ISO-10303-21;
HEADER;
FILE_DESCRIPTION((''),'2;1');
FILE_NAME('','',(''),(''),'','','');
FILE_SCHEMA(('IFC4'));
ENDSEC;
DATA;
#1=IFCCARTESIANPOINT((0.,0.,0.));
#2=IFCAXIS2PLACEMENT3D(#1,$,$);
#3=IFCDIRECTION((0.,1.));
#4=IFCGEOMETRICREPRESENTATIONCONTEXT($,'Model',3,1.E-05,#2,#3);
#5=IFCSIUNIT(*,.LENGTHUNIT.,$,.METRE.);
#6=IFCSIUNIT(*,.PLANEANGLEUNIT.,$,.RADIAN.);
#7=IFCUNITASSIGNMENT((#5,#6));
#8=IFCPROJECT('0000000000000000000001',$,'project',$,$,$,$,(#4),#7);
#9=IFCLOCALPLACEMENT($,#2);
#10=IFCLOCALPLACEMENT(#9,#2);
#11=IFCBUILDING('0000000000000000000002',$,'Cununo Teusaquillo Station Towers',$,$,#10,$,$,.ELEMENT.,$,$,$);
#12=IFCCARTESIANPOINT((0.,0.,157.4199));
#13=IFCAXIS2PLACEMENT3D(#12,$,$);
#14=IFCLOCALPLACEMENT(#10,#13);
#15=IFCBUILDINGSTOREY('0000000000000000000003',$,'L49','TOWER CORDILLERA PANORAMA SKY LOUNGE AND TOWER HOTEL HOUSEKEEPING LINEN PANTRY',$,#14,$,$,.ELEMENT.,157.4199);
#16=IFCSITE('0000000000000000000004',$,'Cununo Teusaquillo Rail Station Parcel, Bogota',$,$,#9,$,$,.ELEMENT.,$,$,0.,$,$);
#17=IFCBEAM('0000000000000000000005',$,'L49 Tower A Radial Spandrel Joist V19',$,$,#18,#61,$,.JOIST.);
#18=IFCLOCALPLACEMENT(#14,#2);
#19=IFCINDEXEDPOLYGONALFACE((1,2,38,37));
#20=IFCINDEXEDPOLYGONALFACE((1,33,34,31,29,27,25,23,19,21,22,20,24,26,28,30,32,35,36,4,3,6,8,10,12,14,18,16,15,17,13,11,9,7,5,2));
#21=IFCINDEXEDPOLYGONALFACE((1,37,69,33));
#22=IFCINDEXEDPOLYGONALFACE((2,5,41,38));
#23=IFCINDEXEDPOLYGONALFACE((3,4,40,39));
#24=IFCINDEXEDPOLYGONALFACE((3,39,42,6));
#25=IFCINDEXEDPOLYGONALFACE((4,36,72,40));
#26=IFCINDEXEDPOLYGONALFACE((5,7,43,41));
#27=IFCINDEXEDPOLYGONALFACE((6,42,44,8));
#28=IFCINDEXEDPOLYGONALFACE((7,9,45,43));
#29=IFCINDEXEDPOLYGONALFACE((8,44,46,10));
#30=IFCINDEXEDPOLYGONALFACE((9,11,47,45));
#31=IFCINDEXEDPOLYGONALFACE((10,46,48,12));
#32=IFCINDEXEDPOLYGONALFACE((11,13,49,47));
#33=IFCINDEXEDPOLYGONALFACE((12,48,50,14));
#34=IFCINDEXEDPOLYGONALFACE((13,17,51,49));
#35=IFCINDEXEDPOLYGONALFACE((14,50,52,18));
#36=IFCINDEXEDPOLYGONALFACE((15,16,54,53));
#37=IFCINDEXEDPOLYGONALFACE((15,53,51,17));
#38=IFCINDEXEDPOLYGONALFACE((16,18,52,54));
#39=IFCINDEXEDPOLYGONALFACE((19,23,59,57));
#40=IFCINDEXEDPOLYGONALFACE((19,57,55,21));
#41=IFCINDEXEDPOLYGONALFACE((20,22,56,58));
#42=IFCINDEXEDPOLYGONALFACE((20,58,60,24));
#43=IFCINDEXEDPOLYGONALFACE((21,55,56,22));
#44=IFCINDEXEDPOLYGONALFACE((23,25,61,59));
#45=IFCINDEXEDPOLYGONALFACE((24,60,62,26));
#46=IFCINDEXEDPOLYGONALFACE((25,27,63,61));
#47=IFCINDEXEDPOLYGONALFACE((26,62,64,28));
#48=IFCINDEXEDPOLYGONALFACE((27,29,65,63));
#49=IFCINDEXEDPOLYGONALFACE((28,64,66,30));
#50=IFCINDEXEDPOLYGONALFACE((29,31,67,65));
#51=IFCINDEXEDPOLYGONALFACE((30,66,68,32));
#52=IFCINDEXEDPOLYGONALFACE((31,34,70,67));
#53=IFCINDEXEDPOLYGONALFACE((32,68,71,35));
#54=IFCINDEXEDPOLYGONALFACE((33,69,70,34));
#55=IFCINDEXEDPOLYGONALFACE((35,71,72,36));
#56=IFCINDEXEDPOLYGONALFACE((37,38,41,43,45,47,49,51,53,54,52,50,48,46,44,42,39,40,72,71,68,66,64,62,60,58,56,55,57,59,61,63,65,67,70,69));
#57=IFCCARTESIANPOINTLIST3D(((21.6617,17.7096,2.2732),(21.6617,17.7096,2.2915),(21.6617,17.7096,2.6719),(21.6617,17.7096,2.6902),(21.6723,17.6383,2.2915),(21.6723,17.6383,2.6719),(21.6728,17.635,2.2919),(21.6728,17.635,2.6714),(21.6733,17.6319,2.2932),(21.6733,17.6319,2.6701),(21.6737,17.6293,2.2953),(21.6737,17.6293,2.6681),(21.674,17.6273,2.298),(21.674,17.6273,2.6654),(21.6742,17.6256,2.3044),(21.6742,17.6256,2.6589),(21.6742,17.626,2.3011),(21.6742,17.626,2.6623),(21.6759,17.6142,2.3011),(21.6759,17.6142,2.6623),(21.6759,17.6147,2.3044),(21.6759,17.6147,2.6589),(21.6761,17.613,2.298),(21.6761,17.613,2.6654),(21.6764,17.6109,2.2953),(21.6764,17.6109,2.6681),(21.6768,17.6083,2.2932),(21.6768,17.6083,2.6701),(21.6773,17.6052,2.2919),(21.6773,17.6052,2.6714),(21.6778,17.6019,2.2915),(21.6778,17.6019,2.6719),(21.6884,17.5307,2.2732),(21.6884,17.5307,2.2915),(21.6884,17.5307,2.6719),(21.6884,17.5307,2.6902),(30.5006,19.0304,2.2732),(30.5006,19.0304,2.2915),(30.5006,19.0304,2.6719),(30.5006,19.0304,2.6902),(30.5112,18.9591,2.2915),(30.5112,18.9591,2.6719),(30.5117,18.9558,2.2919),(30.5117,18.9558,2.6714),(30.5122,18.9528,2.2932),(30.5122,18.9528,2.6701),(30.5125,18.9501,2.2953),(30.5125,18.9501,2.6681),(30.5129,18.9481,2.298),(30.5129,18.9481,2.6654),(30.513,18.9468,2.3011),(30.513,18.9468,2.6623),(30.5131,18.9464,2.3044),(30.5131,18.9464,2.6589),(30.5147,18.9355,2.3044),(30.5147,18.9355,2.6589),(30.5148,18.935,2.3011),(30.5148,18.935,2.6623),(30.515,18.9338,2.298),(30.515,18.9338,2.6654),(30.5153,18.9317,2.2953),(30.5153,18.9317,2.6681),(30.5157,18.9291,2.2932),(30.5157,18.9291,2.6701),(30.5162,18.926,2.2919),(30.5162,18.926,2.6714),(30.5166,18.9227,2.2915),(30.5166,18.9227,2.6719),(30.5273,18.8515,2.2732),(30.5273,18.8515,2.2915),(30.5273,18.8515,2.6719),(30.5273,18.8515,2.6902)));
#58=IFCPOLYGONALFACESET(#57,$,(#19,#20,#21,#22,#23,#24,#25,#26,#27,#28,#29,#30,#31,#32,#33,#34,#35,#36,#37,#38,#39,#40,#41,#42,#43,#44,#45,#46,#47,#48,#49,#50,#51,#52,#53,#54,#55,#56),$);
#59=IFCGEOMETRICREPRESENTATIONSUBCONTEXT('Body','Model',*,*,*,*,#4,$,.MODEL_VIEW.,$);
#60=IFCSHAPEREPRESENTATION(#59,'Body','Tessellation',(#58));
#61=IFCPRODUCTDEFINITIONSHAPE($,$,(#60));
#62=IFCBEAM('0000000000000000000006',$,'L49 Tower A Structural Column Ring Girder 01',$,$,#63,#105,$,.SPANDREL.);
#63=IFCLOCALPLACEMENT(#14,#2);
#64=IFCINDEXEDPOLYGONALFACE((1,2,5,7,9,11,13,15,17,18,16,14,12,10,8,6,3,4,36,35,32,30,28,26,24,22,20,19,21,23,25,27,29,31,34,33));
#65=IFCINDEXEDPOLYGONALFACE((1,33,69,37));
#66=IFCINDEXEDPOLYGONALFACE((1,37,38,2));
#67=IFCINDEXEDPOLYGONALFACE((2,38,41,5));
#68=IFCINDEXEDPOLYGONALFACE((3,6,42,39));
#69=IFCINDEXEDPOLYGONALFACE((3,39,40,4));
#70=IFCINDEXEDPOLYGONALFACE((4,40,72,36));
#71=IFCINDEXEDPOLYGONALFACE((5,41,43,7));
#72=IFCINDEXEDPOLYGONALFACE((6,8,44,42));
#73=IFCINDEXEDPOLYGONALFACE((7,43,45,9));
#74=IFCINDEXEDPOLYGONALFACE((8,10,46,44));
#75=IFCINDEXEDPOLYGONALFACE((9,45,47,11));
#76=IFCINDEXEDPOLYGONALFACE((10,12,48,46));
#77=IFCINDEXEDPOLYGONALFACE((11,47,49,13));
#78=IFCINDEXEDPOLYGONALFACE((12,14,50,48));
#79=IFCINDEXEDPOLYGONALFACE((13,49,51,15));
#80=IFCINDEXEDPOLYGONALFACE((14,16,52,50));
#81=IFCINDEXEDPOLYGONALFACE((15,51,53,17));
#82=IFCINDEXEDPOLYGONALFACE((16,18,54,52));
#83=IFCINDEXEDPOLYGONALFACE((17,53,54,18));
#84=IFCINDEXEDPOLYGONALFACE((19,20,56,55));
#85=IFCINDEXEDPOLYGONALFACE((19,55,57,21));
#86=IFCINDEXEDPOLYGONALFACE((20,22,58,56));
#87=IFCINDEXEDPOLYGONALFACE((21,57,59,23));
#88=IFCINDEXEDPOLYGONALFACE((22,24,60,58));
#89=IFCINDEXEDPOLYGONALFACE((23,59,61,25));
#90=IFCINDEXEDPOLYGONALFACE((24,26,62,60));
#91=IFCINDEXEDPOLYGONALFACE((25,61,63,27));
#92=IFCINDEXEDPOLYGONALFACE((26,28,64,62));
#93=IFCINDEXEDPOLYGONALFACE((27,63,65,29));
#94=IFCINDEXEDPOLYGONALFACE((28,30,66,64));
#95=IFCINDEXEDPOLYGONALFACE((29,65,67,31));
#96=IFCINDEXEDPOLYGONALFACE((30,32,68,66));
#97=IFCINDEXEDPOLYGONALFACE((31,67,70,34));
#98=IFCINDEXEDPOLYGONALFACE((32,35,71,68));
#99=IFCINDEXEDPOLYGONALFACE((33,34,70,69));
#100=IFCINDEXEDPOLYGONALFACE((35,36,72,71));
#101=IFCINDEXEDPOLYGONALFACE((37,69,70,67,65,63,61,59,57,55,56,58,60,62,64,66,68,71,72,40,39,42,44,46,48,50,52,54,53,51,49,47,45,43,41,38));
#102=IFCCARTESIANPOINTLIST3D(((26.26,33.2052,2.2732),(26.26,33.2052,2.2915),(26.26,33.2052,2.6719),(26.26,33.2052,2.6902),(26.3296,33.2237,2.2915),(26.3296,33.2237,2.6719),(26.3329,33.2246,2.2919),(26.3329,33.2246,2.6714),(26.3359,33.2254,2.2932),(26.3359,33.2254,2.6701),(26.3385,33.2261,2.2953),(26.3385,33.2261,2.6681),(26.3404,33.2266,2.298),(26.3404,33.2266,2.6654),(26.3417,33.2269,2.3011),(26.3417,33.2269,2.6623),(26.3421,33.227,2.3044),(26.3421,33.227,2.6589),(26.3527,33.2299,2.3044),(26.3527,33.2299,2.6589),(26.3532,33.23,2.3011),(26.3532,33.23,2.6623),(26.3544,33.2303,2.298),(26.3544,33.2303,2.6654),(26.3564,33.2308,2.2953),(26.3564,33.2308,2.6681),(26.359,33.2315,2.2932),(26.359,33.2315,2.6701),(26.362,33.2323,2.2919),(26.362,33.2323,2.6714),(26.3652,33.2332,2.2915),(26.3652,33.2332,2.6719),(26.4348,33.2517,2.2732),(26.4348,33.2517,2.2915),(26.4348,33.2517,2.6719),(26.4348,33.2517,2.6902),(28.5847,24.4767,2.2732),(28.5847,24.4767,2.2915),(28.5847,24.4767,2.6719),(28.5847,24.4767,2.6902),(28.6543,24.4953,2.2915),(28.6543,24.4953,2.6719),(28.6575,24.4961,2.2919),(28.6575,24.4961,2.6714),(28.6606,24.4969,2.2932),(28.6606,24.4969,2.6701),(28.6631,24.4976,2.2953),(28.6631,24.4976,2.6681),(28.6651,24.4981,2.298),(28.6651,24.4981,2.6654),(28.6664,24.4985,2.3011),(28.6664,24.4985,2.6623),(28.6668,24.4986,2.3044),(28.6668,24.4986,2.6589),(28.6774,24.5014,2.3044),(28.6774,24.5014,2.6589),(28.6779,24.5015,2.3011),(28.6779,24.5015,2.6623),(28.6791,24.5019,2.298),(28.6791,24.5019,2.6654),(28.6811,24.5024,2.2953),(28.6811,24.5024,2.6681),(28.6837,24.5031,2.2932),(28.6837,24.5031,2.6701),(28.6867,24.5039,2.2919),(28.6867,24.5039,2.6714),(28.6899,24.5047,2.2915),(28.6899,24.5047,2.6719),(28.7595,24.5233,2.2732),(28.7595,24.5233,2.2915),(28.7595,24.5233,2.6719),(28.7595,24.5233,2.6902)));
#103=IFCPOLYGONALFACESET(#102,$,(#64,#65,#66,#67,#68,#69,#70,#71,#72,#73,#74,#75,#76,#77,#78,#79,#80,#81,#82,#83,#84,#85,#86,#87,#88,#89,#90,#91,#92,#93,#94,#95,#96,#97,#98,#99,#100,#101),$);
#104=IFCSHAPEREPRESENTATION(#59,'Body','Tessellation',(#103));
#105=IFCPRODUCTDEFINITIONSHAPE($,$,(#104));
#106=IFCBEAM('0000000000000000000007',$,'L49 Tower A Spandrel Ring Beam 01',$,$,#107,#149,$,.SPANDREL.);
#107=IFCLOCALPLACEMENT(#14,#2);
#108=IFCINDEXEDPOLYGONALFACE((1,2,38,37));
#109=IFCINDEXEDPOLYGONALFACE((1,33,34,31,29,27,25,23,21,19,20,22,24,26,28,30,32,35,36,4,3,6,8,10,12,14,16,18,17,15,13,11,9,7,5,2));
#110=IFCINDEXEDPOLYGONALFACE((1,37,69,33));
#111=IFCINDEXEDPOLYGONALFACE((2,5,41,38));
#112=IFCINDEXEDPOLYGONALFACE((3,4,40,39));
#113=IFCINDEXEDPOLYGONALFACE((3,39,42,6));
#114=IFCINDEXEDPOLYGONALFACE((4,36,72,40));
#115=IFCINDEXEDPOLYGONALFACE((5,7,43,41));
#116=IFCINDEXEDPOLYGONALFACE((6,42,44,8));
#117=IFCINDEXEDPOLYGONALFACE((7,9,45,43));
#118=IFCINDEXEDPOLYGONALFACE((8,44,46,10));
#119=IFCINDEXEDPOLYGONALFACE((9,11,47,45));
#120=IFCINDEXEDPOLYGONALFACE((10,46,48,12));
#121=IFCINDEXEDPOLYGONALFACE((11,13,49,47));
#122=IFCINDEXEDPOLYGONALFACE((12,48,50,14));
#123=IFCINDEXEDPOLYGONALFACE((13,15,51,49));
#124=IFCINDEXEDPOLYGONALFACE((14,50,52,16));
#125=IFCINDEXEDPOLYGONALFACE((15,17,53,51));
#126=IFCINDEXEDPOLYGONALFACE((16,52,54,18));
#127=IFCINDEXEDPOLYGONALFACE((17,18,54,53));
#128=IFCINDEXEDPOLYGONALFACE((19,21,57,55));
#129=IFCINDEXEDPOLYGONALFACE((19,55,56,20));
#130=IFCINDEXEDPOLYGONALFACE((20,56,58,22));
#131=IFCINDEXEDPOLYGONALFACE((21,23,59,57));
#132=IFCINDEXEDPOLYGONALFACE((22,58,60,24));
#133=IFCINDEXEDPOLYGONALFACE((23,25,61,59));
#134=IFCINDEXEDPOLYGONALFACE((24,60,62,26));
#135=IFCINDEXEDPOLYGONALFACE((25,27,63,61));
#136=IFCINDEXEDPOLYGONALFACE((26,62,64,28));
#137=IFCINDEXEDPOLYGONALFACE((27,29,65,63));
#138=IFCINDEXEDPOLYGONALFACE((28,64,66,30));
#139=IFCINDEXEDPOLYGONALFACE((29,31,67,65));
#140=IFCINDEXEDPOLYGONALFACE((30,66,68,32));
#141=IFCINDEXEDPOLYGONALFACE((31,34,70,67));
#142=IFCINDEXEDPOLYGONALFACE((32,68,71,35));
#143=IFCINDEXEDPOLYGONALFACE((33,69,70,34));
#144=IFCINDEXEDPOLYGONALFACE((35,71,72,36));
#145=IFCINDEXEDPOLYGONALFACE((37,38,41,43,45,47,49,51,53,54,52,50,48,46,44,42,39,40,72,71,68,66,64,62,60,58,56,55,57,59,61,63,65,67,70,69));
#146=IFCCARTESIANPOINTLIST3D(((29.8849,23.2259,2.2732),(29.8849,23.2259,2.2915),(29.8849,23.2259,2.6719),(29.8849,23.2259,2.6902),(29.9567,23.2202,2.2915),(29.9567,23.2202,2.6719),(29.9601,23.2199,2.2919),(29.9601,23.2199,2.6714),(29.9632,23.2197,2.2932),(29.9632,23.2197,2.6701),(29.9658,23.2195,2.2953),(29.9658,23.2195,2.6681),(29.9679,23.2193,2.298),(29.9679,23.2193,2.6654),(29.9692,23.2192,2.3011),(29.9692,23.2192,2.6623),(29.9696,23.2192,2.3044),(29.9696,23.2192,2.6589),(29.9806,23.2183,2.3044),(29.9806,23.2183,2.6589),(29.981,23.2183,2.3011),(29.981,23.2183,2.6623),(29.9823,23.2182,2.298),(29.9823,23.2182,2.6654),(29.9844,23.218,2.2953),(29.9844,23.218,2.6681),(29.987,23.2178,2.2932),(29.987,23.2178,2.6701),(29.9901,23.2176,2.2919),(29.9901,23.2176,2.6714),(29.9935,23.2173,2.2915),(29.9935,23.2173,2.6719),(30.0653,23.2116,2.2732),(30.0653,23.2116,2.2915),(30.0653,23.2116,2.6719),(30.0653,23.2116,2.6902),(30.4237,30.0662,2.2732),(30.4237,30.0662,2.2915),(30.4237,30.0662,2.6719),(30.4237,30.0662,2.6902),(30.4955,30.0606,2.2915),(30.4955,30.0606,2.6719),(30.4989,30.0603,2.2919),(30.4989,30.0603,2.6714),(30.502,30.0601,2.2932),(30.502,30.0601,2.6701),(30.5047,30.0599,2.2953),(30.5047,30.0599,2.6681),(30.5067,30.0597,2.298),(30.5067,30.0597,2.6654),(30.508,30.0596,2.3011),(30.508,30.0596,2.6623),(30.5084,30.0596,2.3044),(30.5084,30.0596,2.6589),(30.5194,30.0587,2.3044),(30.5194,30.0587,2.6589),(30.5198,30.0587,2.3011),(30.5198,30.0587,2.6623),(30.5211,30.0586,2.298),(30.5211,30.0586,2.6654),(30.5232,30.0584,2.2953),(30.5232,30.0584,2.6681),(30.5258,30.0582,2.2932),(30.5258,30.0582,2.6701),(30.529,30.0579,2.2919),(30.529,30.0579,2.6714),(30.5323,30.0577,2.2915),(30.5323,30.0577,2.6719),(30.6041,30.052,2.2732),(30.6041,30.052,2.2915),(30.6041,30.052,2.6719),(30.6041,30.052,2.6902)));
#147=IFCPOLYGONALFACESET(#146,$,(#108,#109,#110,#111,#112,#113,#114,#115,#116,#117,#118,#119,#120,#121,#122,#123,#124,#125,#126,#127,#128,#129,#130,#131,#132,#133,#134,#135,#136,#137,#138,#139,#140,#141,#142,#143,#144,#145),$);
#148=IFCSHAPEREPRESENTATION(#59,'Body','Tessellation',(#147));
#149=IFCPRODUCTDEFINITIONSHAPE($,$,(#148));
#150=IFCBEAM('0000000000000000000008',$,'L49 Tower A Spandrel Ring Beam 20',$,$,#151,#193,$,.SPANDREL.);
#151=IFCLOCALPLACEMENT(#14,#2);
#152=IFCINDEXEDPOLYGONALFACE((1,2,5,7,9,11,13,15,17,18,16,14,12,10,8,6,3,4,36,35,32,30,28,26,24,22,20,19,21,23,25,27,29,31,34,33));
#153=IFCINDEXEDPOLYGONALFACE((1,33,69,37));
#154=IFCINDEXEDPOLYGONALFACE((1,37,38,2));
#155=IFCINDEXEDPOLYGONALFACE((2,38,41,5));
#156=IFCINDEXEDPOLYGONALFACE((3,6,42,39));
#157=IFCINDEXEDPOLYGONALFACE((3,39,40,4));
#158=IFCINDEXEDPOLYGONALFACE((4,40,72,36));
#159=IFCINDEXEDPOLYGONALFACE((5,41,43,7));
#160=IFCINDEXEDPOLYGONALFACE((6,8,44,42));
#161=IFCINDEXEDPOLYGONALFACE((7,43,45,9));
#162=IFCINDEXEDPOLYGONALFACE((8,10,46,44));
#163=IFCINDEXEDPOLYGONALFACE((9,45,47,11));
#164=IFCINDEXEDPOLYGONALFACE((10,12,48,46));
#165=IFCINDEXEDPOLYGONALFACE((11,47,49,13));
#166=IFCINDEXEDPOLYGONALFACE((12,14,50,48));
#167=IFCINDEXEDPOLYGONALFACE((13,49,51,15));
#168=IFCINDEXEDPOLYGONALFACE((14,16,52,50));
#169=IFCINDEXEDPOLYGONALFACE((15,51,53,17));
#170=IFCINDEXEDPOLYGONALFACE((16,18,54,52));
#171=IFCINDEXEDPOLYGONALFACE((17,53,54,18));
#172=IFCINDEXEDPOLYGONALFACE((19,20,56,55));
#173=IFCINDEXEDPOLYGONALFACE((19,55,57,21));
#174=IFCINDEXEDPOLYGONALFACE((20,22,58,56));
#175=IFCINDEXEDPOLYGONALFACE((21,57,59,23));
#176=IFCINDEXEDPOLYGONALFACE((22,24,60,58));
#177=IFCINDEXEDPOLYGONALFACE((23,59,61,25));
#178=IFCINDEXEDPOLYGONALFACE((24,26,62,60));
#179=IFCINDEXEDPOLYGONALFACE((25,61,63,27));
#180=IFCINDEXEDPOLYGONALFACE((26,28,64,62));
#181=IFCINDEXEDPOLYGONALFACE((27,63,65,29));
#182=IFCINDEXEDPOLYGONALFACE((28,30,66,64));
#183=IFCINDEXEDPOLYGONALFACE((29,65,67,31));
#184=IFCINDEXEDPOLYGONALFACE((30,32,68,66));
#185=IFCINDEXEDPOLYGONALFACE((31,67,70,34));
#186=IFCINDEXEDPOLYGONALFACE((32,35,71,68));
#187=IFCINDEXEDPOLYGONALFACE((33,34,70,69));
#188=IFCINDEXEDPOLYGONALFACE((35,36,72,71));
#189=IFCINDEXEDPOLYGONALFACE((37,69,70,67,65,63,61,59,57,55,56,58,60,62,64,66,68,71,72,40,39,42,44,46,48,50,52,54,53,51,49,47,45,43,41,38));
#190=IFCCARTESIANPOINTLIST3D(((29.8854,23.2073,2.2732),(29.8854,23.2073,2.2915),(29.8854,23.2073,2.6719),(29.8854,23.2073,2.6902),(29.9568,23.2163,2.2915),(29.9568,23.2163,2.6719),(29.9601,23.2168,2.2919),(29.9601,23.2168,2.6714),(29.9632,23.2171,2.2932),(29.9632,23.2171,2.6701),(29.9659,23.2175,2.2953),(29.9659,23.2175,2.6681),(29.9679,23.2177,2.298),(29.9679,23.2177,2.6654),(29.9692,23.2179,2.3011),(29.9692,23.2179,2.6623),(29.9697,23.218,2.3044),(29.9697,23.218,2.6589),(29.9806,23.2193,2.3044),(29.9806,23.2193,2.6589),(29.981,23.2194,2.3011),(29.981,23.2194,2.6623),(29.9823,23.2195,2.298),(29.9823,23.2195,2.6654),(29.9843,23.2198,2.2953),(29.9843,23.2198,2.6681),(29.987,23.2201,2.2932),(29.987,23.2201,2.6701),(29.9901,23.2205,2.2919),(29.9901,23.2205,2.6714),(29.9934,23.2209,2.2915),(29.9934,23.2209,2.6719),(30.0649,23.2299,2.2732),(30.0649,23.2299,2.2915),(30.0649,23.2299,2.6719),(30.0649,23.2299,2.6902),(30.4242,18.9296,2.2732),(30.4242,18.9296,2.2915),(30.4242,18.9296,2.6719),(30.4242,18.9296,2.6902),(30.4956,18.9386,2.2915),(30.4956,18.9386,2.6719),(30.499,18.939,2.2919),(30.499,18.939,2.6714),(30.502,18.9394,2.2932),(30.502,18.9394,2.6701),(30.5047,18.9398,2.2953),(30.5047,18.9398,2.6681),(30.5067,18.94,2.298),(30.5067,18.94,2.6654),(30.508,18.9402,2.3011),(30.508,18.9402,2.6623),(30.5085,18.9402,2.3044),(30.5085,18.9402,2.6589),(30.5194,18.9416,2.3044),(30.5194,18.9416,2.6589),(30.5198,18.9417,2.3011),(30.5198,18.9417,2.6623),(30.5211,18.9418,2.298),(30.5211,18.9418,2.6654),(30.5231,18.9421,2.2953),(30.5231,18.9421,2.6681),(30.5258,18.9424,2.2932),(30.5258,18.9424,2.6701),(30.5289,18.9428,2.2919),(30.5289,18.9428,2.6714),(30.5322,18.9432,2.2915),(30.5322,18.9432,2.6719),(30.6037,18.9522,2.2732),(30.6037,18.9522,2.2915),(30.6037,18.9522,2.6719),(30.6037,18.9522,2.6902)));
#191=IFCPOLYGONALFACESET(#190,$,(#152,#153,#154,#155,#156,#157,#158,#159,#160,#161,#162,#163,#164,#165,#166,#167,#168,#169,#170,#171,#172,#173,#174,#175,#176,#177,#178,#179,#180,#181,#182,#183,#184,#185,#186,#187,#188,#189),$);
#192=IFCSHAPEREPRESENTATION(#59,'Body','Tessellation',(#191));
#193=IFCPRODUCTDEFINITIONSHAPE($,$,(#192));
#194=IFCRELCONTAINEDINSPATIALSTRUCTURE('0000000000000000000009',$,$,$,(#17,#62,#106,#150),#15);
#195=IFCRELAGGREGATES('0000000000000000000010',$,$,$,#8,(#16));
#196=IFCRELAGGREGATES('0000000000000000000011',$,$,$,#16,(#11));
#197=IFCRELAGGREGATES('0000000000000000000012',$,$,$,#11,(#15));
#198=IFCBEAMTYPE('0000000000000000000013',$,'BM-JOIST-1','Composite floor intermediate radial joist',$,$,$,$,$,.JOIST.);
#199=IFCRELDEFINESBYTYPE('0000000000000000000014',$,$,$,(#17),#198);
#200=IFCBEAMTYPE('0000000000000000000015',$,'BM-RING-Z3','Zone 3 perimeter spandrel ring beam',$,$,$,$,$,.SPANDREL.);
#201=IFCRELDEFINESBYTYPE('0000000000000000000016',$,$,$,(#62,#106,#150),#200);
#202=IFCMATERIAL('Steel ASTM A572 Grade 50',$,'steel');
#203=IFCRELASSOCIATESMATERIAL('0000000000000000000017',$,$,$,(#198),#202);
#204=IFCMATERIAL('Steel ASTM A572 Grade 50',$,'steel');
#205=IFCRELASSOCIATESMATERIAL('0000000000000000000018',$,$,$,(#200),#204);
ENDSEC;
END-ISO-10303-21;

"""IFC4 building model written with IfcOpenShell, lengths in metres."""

from ifc_helpers import new_model, si_unit, direction, frame, origin, origin_2d, place, context, subcontext, project, spatial, i_section, extrude, material, material_profile, profile_set, type_object, element, save


model = new_model("IFC4")

# Units and contexts
model_context = context("Model", 3, precision=1e-05, world=origin(), true_north=direction((0.0, 1.0)))
body_context = subcontext(model_context, "Body", "Model", "MODEL_VIEW")
ifc_project = project(units=[si_unit("LENGTHUNIT", "METRE"), si_unit("PLANEANGLEUNIT", "RADIAN")], contexts=[model_context])

# Site, building, storey
site_placement = place(None, origin())
site = spatial("IfcSite", under=ifc_project, at=site_placement, Name="Cununo Teusaquillo Rail Station Parcel, Bogota", CompositionType="ELEMENT", RefElevation=0.0)
building_placement = place(site_placement, origin())
building = spatial("IfcBuilding", under=site, at=building_placement, Name="Cununo Teusaquillo Station Towers", CompositionType="ELEMENT")
storey_placement = place(building_placement, frame((0.0, 0.0, 157.4199)))
storey = spatial("IfcBuildingStorey", under=building, at=storey_placement, Name="L49", Description="TOWER CORDILLERA PANORAMA SKY LOUNGE AND TOWER HOTEL HOUSEKEEPING LINEN PANTRY", CompositionType="ELEMENT", Elevation=157.4199)

# Beams
ifc_material_1 = material(Name="Steel ASTM A572 Grade 50", Category="steel")
ifc_material_profile_1 = material_profile(ifc_material_1, i_section(OverallWidth=0.1809, OverallDepth=0.417, WebThickness=0.011, FlangeThickness=0.0183, FilletRadius=0.0129, at=origin_2d()), Name="W16X57")
ifc_profile_set_1 = profile_set([ifc_material_profile_1], Name="Steel ASTM A572 Grade 50")
beam_type_1 = type_object("IfcBeamType", Name="BM-JOIST-1", Description="Composite floor intermediate radial joist", PredefinedType="JOIST", material=ifc_profile_set_1)
beam_1_placement = place(storey_placement, frame((21.675, 17.6201, 2.4817), z_axis=(0.989019, 0.14779, 0.0), x_axis=(-0.14779, 0.989019, 0.0)))
element("IfcBeam", 1, at=beam_1_placement, inside=storey, type_object=beam_type_1, Name="L49 Tower A Radial Spandrel Joist V19", PredefinedType="JOIST", context=body_context, shape_type="SweptSolid", body=[
    extrude(i_section(OverallWidth=0.1809, OverallDepth=0.417, WebThickness=0.011, FlangeThickness=0.0183, FilletRadius=0.0129, at=origin_2d()), origin(), (0.0, 0.0, 1.0), 8.937),
])
ifc_material_2 = material(Name="Steel ASTM A572 Grade 50", Category="steel")
ifc_material_profile_2 = material_profile(ifc_material_2, i_section(OverallWidth=0.1809, OverallDepth=0.417, WebThickness=0.011, FlangeThickness=0.0183, FilletRadius=0.0129, at=origin_2d()), Name="W16X57")
ifc_profile_set_2 = profile_set([ifc_material_profile_2], Name="Steel ASTM A572 Grade 50")
beam_type_2 = type_object("IfcBeamType", Name="BM-RING-Z3", Description="Zone 3 perimeter spandrel ring beam", PredefinedType="SPANDREL", material=ifc_profile_set_2)
beam_2_placement = place(storey_placement, frame((28.6721, 24.5, 2.4817), z_axis=(-0.257363, 0.966315, 0.0), x_axis=(-0.966315, -0.257363, 0.0)))
element("IfcBeam", 2, at=beam_2_placement, inside=storey, type_object=beam_type_2, Name="L49 Tower A Structural Column Ring Girder 01", PredefinedType="SPANDREL", context=body_context, shape_type="SweptSolid", body=[
    extrude(i_section(OverallWidth=0.1809, OverallDepth=0.417, WebThickness=0.011, FlangeThickness=0.0183, FilletRadius=0.0129, at=origin_2d()), origin(), (0.0, 0.0, 1.0), 9.0327),
])
beam_3_placement = place(storey_placement, frame((29.9751, 23.2188, 2.4817), z_axis=(0.078528, 0.996912, 0.0), x_axis=(-0.996912, 0.078528, 0.0)))
element("IfcBeam", 3, at=beam_3_placement, inside=storey, type_object=beam_type_2, Name="L49 Tower A Spandrel Ring Beam 01", PredefinedType="SPANDREL", context=body_context, shape_type="SweptSolid", body=[
    extrude(i_section(OverallWidth=0.1809, OverallDepth=0.417, WebThickness=0.011, FlangeThickness=0.0183, FilletRadius=0.0129, at=origin_2d()), origin(), (0.0, 0.0, 1.0), 6.8616),
])
beam_4_placement = place(storey_placement, frame((30.5139, 18.9409, 2.4817), z_axis=(-0.124969, 0.992161, 0.0), x_axis=(-0.992161, -0.124969, 0.0)))
element("IfcBeam", 4, at=beam_4_placement, inside=storey, type_object=beam_type_2, Name="L49 Tower A Spandrel Ring Beam 20", PredefinedType="SPANDREL", context=body_context, shape_type="SweptSolid", body=[
    extrude(i_section(OverallWidth=0.1809, OverallDepth=0.417, WebThickness=0.011, FlangeThickness=0.0183, FilletRadius=0.0129, at=origin_2d()), origin(), (0.0, 0.0, 1.0), 4.3115),
])

save(model, "model.ifc")
